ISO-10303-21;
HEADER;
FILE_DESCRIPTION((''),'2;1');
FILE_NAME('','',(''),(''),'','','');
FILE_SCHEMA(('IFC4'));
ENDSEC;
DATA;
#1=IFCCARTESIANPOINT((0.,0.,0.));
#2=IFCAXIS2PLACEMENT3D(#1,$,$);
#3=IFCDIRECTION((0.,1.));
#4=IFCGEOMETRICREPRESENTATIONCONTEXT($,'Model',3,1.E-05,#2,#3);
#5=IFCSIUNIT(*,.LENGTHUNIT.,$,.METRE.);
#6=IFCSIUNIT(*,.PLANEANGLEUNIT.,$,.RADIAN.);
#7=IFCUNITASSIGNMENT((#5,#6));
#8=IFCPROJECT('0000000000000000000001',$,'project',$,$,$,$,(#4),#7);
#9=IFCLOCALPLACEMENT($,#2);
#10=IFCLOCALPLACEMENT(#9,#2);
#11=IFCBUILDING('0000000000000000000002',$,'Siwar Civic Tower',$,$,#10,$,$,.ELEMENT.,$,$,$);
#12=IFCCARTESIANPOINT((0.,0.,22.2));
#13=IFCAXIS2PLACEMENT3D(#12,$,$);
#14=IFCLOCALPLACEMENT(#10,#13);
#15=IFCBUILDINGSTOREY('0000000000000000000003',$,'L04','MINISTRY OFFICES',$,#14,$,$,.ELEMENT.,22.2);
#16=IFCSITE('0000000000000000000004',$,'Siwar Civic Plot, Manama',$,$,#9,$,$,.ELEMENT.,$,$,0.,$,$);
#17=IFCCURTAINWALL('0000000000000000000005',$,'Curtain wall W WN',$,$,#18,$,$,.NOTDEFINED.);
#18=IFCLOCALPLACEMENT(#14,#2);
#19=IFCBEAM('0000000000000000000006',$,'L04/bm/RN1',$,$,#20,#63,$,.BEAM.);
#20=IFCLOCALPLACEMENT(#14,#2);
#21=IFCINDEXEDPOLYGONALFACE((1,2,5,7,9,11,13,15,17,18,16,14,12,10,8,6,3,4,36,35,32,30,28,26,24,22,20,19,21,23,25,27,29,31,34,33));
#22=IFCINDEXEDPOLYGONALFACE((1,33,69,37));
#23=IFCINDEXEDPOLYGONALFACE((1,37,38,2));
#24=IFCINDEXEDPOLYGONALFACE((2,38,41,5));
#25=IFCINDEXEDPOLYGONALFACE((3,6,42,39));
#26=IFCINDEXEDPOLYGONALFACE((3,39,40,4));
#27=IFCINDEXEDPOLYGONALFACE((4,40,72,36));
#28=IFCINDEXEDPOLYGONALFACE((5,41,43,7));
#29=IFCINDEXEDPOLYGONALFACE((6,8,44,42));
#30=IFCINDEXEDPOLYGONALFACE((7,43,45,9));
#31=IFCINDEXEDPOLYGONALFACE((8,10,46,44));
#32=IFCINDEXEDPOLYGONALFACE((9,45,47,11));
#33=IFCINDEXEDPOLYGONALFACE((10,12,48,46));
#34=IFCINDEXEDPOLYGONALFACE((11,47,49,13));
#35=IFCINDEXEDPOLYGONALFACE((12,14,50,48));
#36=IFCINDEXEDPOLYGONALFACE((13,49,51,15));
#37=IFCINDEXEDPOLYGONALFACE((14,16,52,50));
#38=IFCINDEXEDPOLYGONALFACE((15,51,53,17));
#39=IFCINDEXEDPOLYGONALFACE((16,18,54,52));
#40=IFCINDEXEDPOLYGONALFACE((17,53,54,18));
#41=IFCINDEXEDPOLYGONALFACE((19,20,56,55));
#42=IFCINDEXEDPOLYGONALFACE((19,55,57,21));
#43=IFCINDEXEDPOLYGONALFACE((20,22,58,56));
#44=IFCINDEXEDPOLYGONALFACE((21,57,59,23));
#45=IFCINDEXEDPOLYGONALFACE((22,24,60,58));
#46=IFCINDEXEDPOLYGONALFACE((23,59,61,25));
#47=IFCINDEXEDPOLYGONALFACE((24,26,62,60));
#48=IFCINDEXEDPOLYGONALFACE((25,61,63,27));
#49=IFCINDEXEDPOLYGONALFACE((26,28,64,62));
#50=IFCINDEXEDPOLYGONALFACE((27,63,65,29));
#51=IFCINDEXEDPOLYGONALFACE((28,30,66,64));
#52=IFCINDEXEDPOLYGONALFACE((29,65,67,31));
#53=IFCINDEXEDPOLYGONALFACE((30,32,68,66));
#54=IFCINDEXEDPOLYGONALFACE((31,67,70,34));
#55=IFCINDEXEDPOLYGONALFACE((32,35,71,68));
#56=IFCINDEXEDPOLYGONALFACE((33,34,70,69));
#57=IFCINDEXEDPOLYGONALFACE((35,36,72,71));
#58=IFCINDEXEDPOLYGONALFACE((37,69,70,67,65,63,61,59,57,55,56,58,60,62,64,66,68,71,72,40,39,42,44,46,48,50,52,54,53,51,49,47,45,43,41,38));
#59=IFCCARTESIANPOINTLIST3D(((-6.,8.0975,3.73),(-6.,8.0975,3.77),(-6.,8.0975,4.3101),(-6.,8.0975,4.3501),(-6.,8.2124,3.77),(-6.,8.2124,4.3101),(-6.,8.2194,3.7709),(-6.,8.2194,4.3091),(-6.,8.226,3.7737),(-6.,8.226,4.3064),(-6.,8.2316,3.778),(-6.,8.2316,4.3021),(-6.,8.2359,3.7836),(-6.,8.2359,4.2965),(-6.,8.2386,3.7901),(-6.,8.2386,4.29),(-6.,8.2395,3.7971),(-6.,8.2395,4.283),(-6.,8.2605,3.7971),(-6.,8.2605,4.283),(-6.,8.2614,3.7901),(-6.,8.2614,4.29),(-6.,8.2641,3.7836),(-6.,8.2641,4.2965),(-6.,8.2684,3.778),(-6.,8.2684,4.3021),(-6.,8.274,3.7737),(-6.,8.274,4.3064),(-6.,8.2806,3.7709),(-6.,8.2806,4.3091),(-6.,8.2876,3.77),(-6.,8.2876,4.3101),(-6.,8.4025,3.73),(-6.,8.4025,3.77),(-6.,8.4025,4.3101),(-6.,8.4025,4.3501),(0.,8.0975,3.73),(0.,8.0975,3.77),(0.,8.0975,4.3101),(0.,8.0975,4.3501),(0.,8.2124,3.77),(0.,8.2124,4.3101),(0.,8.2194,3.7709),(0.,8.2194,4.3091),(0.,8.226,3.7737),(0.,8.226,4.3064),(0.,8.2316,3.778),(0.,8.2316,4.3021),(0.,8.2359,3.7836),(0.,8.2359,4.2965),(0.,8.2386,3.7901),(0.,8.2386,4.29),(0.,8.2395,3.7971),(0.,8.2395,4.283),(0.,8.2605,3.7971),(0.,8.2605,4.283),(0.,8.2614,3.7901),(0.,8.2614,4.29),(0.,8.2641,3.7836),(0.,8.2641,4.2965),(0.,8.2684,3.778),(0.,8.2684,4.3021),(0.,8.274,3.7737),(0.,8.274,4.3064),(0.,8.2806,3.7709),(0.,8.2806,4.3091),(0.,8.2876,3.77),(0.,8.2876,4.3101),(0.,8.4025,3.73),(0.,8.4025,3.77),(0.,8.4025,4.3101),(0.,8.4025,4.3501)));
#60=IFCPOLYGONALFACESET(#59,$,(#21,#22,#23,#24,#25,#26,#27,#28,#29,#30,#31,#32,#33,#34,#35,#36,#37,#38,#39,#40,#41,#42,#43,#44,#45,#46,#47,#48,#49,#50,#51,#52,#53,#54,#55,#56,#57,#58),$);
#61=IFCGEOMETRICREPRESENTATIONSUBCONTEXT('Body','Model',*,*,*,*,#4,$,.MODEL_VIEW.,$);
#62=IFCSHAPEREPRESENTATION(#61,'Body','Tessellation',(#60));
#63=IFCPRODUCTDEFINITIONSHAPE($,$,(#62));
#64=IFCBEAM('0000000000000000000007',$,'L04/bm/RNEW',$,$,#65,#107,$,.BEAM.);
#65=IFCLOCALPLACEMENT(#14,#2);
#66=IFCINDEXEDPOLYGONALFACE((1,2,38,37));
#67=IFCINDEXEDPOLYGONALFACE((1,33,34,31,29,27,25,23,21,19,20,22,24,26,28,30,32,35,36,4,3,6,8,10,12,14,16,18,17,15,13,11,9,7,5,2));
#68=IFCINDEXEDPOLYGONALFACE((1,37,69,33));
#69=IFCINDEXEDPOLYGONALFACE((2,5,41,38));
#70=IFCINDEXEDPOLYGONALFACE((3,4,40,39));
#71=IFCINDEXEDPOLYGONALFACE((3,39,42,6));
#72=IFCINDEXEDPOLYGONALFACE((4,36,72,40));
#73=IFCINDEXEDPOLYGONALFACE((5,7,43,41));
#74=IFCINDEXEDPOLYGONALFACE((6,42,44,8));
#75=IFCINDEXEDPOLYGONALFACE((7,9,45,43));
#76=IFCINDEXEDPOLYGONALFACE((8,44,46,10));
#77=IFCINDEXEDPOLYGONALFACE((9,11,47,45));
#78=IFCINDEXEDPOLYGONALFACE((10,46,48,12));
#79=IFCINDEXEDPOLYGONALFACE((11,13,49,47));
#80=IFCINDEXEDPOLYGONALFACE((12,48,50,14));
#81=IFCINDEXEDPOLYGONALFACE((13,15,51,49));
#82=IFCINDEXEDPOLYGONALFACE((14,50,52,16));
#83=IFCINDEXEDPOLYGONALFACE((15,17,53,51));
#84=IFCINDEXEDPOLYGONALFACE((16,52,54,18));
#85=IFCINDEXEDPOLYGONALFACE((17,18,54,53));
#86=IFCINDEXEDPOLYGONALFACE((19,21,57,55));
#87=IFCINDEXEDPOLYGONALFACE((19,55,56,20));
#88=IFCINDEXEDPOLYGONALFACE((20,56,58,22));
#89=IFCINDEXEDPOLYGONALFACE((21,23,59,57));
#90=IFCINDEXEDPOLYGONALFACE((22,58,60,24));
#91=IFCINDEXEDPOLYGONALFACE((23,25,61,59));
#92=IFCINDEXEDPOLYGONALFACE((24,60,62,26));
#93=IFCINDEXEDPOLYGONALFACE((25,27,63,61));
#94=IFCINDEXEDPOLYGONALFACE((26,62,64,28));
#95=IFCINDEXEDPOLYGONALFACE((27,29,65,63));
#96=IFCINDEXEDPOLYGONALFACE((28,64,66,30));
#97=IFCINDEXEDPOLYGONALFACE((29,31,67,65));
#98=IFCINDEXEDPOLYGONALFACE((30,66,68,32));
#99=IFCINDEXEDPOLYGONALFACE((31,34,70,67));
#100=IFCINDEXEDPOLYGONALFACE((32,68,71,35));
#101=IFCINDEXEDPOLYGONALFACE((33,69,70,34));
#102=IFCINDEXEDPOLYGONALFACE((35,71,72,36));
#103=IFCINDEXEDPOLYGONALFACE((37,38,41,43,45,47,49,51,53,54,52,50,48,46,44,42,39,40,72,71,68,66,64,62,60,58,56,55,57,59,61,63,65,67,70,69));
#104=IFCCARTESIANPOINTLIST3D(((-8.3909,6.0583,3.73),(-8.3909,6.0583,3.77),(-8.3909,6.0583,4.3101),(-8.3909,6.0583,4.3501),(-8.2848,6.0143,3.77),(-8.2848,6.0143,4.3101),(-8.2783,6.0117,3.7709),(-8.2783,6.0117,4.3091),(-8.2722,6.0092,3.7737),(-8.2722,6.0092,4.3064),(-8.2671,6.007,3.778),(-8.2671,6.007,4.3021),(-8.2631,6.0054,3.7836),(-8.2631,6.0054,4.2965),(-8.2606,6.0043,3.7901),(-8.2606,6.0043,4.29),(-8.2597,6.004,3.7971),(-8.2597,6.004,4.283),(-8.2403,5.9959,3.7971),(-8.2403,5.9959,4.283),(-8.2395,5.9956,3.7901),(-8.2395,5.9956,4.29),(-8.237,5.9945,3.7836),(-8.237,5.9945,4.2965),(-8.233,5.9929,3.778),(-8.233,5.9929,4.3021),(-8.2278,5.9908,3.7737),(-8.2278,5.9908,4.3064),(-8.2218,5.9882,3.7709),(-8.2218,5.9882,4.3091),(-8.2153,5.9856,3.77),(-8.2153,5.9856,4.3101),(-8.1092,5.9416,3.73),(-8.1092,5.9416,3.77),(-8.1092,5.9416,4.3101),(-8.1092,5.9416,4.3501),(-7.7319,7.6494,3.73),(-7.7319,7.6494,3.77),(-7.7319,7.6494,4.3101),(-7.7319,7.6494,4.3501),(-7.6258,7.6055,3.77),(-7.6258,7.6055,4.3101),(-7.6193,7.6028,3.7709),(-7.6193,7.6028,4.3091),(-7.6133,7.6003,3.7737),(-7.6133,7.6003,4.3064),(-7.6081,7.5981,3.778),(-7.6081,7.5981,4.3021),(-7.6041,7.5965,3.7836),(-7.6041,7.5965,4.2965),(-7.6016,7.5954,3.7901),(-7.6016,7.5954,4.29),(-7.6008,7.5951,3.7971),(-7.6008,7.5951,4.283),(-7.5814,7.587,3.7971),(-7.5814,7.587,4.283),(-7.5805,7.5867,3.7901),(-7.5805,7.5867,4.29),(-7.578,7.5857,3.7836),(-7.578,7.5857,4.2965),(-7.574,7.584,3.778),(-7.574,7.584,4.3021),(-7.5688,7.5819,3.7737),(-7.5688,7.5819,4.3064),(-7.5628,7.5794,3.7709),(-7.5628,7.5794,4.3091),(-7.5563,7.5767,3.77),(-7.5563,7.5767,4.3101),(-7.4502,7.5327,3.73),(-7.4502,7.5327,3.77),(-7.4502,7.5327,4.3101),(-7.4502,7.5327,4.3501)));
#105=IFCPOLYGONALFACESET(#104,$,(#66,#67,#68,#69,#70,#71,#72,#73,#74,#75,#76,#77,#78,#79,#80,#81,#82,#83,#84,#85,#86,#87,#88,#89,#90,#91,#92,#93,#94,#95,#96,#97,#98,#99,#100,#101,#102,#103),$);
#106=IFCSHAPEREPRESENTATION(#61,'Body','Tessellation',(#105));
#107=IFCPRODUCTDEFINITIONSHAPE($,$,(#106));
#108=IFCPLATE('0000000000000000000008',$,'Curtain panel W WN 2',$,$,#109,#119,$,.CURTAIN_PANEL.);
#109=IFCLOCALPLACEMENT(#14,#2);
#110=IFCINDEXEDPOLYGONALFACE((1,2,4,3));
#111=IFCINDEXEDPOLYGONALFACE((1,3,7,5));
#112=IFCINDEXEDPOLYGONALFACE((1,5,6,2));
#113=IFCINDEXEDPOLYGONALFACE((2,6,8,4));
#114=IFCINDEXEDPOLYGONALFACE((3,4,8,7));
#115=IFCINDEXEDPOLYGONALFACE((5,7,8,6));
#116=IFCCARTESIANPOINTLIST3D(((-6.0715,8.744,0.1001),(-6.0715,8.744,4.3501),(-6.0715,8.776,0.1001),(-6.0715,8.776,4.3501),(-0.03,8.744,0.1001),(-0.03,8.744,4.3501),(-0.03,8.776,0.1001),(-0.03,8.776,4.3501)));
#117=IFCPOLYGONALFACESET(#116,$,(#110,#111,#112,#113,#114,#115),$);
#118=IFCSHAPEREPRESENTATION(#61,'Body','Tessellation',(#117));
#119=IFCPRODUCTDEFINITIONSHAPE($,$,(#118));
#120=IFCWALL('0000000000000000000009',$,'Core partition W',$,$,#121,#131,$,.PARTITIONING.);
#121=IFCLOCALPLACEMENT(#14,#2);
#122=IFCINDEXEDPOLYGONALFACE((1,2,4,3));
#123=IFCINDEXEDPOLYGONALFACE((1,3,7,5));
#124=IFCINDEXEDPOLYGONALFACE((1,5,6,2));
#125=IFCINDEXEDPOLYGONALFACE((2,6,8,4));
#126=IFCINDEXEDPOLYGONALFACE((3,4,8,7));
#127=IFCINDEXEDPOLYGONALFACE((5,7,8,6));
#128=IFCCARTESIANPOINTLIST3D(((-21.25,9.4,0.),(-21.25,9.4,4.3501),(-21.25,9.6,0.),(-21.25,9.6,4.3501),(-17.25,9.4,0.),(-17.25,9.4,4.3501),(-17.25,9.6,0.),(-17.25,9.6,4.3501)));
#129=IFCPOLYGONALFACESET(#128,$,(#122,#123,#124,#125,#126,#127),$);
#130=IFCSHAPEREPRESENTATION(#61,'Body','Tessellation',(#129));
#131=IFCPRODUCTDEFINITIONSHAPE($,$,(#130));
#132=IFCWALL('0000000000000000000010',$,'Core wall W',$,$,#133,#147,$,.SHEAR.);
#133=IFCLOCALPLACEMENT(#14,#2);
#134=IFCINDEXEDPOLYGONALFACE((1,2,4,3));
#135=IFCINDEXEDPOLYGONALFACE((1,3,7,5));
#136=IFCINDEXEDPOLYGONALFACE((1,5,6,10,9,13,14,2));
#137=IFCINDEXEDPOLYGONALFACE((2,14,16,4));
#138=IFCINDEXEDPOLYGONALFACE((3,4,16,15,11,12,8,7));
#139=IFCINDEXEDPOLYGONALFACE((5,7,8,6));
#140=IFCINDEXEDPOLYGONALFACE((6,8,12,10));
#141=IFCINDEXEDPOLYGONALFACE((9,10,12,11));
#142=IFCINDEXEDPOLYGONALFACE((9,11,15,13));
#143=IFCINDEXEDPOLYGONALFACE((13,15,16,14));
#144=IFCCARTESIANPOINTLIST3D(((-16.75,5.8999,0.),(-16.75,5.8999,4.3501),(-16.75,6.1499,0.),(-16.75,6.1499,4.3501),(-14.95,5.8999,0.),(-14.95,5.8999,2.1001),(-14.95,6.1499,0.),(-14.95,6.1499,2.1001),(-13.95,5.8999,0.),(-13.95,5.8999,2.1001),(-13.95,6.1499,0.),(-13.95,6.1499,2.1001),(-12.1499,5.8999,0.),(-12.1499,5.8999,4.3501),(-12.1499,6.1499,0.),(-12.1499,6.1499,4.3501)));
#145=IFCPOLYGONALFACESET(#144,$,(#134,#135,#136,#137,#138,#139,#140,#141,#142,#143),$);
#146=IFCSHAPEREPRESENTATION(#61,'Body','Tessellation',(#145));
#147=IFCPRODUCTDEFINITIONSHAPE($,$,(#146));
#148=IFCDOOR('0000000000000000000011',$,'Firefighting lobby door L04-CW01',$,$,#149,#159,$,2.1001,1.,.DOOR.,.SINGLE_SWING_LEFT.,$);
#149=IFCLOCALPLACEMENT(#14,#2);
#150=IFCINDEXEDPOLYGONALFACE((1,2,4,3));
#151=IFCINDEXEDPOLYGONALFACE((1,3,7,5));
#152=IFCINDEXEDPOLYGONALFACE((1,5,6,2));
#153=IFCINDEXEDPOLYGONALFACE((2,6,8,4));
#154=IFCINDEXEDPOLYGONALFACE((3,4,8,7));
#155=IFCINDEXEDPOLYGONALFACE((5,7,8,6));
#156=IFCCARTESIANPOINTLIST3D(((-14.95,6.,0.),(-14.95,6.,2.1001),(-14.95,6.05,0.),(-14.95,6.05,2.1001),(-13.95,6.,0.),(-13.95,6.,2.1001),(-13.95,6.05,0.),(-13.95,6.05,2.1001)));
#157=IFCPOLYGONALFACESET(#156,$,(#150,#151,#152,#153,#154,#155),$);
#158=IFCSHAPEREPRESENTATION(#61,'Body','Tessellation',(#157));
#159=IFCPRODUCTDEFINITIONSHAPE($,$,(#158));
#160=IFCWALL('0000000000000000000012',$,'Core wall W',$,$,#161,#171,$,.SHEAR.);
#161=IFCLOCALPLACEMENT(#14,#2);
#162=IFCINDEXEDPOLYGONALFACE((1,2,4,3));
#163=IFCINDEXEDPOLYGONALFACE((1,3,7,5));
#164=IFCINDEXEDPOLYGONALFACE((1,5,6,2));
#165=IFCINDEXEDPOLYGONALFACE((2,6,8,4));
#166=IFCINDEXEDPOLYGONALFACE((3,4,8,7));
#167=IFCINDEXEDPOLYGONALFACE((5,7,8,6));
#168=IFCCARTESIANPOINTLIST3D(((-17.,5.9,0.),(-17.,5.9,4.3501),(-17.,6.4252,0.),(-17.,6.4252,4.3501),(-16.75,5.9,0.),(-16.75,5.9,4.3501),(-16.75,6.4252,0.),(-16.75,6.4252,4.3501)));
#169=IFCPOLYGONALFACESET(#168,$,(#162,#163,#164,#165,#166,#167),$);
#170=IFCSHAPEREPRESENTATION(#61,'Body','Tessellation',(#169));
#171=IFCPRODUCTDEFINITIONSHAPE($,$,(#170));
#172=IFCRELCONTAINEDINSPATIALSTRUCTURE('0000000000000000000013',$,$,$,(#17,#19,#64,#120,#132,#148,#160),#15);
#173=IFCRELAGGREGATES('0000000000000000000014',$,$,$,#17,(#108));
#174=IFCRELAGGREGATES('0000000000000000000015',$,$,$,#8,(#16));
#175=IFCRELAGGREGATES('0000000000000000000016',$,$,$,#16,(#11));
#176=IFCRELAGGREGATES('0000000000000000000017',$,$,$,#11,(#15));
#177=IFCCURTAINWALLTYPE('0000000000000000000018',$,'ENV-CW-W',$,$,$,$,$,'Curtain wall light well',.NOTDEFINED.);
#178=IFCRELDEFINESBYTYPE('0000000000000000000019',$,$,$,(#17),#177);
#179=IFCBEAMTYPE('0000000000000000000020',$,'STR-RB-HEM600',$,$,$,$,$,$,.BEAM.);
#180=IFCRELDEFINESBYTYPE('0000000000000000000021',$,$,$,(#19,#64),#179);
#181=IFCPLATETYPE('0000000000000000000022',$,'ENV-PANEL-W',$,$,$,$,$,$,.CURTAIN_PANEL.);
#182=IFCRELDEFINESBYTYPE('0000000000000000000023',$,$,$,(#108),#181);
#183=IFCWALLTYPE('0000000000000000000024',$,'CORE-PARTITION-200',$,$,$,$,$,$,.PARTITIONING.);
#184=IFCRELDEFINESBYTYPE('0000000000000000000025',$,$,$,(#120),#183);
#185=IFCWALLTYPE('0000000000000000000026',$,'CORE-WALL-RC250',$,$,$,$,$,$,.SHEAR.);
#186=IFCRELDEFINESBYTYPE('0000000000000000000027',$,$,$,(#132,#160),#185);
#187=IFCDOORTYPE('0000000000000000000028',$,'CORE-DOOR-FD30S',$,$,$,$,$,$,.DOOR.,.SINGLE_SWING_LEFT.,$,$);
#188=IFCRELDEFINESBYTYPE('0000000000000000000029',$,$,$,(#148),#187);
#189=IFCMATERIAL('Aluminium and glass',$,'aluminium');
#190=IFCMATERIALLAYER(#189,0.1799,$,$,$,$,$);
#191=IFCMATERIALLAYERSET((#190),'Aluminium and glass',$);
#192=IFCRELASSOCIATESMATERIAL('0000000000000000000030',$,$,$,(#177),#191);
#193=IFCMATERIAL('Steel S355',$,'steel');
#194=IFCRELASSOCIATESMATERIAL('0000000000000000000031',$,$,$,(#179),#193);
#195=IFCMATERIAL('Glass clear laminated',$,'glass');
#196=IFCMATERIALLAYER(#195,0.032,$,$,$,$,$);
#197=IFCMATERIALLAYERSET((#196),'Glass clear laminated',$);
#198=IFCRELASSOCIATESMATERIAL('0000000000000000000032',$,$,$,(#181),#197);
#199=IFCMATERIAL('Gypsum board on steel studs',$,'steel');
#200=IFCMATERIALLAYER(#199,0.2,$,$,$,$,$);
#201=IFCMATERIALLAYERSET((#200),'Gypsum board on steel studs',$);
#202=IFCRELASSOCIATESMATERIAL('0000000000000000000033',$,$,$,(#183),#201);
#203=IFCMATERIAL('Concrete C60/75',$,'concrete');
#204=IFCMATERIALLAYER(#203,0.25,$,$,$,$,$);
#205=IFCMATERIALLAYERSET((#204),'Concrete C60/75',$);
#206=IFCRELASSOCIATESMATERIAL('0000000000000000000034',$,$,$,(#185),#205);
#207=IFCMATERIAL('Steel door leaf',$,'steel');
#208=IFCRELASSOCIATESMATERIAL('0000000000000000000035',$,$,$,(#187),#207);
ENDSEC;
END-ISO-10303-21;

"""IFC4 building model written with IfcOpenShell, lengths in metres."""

from ifc_helpers import new_model, si_unit, direction, frame, frame_2d, origin, origin_2d, place, context, subcontext, project, spatial, rectangle, i_section, extrude, material, layer, layer_set, material_profile, profile_set, type_object, element, fill, aggregate, save


model = new_model("IFC4")

# Units and contexts
model_context = context("Model", 3, precision=1e-05, world=origin(), true_north=direction((0.0, 1.0)))
body_context = subcontext(model_context, "Body", "Model", "MODEL_VIEW")
ifc_project = project(units=[si_unit("LENGTHUNIT", "METRE"), si_unit("PLANEANGLEUNIT", "RADIAN")], contexts=[model_context])

# Site, building, storey
site_placement = place(None, origin())
site = spatial("IfcSite", under=ifc_project, at=site_placement, Name="Siwar Civic Plot, Manama", CompositionType="ELEMENT", RefElevation=0.0)
building_placement = place(site_placement, origin())
building = spatial("IfcBuilding", under=site, at=building_placement, Name="Siwar Civic Tower", CompositionType="ELEMENT")
storey_placement = place(building_placement, frame((0.0, 0.0, 22.2)))
storey = spatial("IfcBuildingStorey", under=building, at=storey_placement, Name="L04", Description="MINISTRY OFFICES", CompositionType="ELEMENT", Elevation=22.2)

# Curtain wall
ifc_material_1 = material(Name="Aluminium and glass", Category="aluminium")
ifc_layer_1 = layer(ifc_material_1, 0.1799)
ifc_layer_set_1 = layer_set([ifc_layer_1], Name="Aluminium and glass")
curtain_wall_type = type_object("IfcCurtainWallType", Name="ENV-CW-W", ElementType="Curtain wall light well", PredefinedType="NOTDEFINED", material=ifc_layer_set_1)
curtain_wall_placement = place(storey_placement, origin())
curtain_wall = element("IfcCurtainWall", 1, at=curtain_wall_placement, inside=storey, type_object=curtain_wall_type, Name="Curtain wall W WN", PredefinedType="NOTDEFINED")

# Beams
ifc_material_2 = material(Name="Steel S355", Category="steel")
ifc_material_profile_1 = material_profile(ifc_material_2, i_section(OverallWidth=0.3049, OverallDepth=0.6201, WebThickness=0.021, FlangeThickness=0.04, FilletRadius=0.0271, at=origin_2d()), Name="HEM600")
ifc_profile_set_1 = profile_set([ifc_material_profile_1], Name="Steel S355")
beam_type_1 = type_object("IfcBeamType", Name="STR-RB-HEM600", PredefinedType="BEAM", material=ifc_profile_set_1)
beam_1_placement = place(storey_placement, frame((-6.0, 8.25, 4.04), z_axis=(1.0, 0.0, 0.0), x_axis=(0.0, 1.0, 0.0)))
element("IfcBeam", 2, at=beam_1_placement, inside=storey, type_object=beam_type_1, Name="L04/bm/RN1", PredefinedType="BEAM", context=body_context, shape_type="SweptSolid", body=[
    extrude(i_section(OverallWidth=0.3049, OverallDepth=0.6201, WebThickness=0.021, FlangeThickness=0.04, FilletRadius=0.0271, at=origin_2d()), origin(), (0.0, 0.0, 1.0), 6.0),
])
beam_2_placement = place(storey_placement, frame((-7.5911, 7.5911, 4.04), z_axis=(-0.382631, -0.923901, 0.0), x_axis=(0.923901, -0.382631, 0.0)))
element("IfcBeam", 3, at=beam_2_placement, inside=storey, type_object=beam_type_1, Name="L04/bm/RNEW", PredefinedType="BEAM", context=body_context, shape_type="SweptSolid", body=[
    extrude(i_section(OverallWidth=0.3049, OverallDepth=0.6201, WebThickness=0.021, FlangeThickness=0.04, FilletRadius=0.0271, at=origin_2d()), origin(), (0.0, 0.0, 1.0), 1.7222),
])

# Plate
ifc_material_3 = material(Name="Glass clear laminated", Category="glass")
ifc_layer_2 = layer(ifc_material_3, 0.032)
ifc_layer_set_2 = layer_set([ifc_layer_2], Name="Glass clear laminated")
plate_type = type_object("IfcPlateType", Name="ENV-PANEL-W", PredefinedType="CURTAIN_PANEL", material=ifc_layer_set_2)
plate_placement = place(storey_placement, frame((-3.0508, 8.76, 0.1001), z_axis=(0.0, 0.0, 1.0), x_axis=(-1.0, 0.0, 0.0)))
plate = element("IfcPlate", 4, at=plate_placement, type_object=plate_type, Name="Curtain panel W WN 2", PredefinedType="CURTAIN_PANEL", context=body_context, shape_type="SweptSolid", body=[
    extrude(rectangle(XDim=6.0415, YDim=0.032, at=origin_2d()), origin(), (0.0, 0.0, 1.0), 4.25),
])
aggregate(curtain_wall, [plate])

# Wall
ifc_material_4 = material(Name="Gypsum board on steel studs", Category="steel")
ifc_layer_3 = layer(ifc_material_4, 0.2)
ifc_layer_set_3 = layer_set([ifc_layer_3], Name="Gypsum board on steel studs")
wall_type_1 = type_object("IfcWallType", Name="CORE-PARTITION-200", PredefinedType="PARTITIONING", material=ifc_layer_set_3)
wall_1_placement = place(storey_placement, frame((-17.25, 9.5, 0.0), z_axis=(0.0, 0.0, 1.0), x_axis=(-1.0, 0.0, 0.0)))
element("IfcWall", 5, at=wall_1_placement, inside=storey, type_object=wall_type_1, Name="Core partition W", PredefinedType="PARTITIONING", context=body_context, shape_type="SweptSolid", body=[
    extrude(rectangle(XDim=4.0, YDim=0.2, at=frame_2d((2.0, 0.0))), origin(), (0.0, 0.0, 1.0), 4.3501),
])

# Wall, opening, door
ifc_material_5 = material(Name="Concrete C60/75", Category="concrete")
ifc_layer_4 = layer(ifc_material_5, 0.25)
ifc_layer_set_4 = layer_set([ifc_layer_4], Name="Concrete C60/75")
wall_type_2 = type_object("IfcWallType", Name="CORE-WALL-RC250", PredefinedType="SHEAR", material=ifc_layer_set_4)
wall_2_placement = place(storey_placement, frame((-12.1499, 6.0249, 0.0), z_axis=(0.0, 0.0, 1.0), x_axis=(-1.0, 0.0, 0.0)))
wall_2 = element("IfcWall", 6, at=wall_2_placement, inside=storey, type_object=wall_type_2, Name="Core wall W", PredefinedType="SHEAR", context=body_context, shape_type="SweptSolid", body=[
    extrude(rectangle(XDim=4.6001, YDim=0.25, at=frame_2d((2.3, 0.0))), origin(), (0.0, 0.0, 1.0), 4.3501),
])
opening_1_placement = place(wall_2_placement, frame((1.8, 0.0, 0.0)))
opening_1 = element("IfcOpeningElement", 7, at=opening_1_placement, cuts=wall_2, PredefinedType="OPENING", context=body_context, shape_type="SweptSolid", body=[
    extrude(rectangle(XDim=1.0, YDim=2.1001, at=frame_2d((0.5, 1.05))), frame((0.0, 0.135, 0.0), z_axis=(0.0, -1.0, 0.0), x_axis=(1.0, 0.0, 0.0)), (0.0, 0.0, 1.0), 0.27),
])
ifc_material_6 = material(Name="Steel door leaf", Category="steel")
door_type_1 = type_object("IfcDoorType", Name="CORE-DOOR-FD30S", OperationType="SINGLE_SWING_LEFT", PredefinedType="DOOR", material=ifc_material_6)
door_1_placement = place(opening_1_placement, origin())
door_1 = element("IfcDoor", 8, at=door_1_placement, inside=storey, type_object=door_type_1, Name="Firefighting lobby door L04-CW01", OperationType="SINGLE_SWING_LEFT", OverallHeight=2.1001, OverallWidth=1.0, PredefinedType="DOOR", context=body_context, shape_type="SweptSolid", body=[
    extrude(rectangle(XDim=1.0, YDim=2.1001, at=frame_2d((0.5, 1.05))), frame((0.0, 0.0249, 0.0), z_axis=(0.0, -1.0, 0.0), x_axis=(1.0, 0.0, 0.0)), (0.0, 0.0, 1.0), 0.05),
])
fill(opening_1, door_1)

# Wall
wall_3_placement = place(storey_placement, frame((-16.875, 5.8999, 0.0), z_axis=(0.0, 0.0, 1.0), x_axis=(0.0, 1.0, 0.0)))
element("IfcWall", 9, at=wall_3_placement, inside=storey, type_object=wall_type_2, Name="Core wall W", PredefinedType="SHEAR", context=body_context, shape_type="SweptSolid", body=[
    extrude(rectangle(XDim=0.5251, YDim=0.25, at=frame_2d((0.2627, 0.0))), origin(), (0.0, 0.0, 1.0), 4.3501),
])

save(model, "model.ifc")
